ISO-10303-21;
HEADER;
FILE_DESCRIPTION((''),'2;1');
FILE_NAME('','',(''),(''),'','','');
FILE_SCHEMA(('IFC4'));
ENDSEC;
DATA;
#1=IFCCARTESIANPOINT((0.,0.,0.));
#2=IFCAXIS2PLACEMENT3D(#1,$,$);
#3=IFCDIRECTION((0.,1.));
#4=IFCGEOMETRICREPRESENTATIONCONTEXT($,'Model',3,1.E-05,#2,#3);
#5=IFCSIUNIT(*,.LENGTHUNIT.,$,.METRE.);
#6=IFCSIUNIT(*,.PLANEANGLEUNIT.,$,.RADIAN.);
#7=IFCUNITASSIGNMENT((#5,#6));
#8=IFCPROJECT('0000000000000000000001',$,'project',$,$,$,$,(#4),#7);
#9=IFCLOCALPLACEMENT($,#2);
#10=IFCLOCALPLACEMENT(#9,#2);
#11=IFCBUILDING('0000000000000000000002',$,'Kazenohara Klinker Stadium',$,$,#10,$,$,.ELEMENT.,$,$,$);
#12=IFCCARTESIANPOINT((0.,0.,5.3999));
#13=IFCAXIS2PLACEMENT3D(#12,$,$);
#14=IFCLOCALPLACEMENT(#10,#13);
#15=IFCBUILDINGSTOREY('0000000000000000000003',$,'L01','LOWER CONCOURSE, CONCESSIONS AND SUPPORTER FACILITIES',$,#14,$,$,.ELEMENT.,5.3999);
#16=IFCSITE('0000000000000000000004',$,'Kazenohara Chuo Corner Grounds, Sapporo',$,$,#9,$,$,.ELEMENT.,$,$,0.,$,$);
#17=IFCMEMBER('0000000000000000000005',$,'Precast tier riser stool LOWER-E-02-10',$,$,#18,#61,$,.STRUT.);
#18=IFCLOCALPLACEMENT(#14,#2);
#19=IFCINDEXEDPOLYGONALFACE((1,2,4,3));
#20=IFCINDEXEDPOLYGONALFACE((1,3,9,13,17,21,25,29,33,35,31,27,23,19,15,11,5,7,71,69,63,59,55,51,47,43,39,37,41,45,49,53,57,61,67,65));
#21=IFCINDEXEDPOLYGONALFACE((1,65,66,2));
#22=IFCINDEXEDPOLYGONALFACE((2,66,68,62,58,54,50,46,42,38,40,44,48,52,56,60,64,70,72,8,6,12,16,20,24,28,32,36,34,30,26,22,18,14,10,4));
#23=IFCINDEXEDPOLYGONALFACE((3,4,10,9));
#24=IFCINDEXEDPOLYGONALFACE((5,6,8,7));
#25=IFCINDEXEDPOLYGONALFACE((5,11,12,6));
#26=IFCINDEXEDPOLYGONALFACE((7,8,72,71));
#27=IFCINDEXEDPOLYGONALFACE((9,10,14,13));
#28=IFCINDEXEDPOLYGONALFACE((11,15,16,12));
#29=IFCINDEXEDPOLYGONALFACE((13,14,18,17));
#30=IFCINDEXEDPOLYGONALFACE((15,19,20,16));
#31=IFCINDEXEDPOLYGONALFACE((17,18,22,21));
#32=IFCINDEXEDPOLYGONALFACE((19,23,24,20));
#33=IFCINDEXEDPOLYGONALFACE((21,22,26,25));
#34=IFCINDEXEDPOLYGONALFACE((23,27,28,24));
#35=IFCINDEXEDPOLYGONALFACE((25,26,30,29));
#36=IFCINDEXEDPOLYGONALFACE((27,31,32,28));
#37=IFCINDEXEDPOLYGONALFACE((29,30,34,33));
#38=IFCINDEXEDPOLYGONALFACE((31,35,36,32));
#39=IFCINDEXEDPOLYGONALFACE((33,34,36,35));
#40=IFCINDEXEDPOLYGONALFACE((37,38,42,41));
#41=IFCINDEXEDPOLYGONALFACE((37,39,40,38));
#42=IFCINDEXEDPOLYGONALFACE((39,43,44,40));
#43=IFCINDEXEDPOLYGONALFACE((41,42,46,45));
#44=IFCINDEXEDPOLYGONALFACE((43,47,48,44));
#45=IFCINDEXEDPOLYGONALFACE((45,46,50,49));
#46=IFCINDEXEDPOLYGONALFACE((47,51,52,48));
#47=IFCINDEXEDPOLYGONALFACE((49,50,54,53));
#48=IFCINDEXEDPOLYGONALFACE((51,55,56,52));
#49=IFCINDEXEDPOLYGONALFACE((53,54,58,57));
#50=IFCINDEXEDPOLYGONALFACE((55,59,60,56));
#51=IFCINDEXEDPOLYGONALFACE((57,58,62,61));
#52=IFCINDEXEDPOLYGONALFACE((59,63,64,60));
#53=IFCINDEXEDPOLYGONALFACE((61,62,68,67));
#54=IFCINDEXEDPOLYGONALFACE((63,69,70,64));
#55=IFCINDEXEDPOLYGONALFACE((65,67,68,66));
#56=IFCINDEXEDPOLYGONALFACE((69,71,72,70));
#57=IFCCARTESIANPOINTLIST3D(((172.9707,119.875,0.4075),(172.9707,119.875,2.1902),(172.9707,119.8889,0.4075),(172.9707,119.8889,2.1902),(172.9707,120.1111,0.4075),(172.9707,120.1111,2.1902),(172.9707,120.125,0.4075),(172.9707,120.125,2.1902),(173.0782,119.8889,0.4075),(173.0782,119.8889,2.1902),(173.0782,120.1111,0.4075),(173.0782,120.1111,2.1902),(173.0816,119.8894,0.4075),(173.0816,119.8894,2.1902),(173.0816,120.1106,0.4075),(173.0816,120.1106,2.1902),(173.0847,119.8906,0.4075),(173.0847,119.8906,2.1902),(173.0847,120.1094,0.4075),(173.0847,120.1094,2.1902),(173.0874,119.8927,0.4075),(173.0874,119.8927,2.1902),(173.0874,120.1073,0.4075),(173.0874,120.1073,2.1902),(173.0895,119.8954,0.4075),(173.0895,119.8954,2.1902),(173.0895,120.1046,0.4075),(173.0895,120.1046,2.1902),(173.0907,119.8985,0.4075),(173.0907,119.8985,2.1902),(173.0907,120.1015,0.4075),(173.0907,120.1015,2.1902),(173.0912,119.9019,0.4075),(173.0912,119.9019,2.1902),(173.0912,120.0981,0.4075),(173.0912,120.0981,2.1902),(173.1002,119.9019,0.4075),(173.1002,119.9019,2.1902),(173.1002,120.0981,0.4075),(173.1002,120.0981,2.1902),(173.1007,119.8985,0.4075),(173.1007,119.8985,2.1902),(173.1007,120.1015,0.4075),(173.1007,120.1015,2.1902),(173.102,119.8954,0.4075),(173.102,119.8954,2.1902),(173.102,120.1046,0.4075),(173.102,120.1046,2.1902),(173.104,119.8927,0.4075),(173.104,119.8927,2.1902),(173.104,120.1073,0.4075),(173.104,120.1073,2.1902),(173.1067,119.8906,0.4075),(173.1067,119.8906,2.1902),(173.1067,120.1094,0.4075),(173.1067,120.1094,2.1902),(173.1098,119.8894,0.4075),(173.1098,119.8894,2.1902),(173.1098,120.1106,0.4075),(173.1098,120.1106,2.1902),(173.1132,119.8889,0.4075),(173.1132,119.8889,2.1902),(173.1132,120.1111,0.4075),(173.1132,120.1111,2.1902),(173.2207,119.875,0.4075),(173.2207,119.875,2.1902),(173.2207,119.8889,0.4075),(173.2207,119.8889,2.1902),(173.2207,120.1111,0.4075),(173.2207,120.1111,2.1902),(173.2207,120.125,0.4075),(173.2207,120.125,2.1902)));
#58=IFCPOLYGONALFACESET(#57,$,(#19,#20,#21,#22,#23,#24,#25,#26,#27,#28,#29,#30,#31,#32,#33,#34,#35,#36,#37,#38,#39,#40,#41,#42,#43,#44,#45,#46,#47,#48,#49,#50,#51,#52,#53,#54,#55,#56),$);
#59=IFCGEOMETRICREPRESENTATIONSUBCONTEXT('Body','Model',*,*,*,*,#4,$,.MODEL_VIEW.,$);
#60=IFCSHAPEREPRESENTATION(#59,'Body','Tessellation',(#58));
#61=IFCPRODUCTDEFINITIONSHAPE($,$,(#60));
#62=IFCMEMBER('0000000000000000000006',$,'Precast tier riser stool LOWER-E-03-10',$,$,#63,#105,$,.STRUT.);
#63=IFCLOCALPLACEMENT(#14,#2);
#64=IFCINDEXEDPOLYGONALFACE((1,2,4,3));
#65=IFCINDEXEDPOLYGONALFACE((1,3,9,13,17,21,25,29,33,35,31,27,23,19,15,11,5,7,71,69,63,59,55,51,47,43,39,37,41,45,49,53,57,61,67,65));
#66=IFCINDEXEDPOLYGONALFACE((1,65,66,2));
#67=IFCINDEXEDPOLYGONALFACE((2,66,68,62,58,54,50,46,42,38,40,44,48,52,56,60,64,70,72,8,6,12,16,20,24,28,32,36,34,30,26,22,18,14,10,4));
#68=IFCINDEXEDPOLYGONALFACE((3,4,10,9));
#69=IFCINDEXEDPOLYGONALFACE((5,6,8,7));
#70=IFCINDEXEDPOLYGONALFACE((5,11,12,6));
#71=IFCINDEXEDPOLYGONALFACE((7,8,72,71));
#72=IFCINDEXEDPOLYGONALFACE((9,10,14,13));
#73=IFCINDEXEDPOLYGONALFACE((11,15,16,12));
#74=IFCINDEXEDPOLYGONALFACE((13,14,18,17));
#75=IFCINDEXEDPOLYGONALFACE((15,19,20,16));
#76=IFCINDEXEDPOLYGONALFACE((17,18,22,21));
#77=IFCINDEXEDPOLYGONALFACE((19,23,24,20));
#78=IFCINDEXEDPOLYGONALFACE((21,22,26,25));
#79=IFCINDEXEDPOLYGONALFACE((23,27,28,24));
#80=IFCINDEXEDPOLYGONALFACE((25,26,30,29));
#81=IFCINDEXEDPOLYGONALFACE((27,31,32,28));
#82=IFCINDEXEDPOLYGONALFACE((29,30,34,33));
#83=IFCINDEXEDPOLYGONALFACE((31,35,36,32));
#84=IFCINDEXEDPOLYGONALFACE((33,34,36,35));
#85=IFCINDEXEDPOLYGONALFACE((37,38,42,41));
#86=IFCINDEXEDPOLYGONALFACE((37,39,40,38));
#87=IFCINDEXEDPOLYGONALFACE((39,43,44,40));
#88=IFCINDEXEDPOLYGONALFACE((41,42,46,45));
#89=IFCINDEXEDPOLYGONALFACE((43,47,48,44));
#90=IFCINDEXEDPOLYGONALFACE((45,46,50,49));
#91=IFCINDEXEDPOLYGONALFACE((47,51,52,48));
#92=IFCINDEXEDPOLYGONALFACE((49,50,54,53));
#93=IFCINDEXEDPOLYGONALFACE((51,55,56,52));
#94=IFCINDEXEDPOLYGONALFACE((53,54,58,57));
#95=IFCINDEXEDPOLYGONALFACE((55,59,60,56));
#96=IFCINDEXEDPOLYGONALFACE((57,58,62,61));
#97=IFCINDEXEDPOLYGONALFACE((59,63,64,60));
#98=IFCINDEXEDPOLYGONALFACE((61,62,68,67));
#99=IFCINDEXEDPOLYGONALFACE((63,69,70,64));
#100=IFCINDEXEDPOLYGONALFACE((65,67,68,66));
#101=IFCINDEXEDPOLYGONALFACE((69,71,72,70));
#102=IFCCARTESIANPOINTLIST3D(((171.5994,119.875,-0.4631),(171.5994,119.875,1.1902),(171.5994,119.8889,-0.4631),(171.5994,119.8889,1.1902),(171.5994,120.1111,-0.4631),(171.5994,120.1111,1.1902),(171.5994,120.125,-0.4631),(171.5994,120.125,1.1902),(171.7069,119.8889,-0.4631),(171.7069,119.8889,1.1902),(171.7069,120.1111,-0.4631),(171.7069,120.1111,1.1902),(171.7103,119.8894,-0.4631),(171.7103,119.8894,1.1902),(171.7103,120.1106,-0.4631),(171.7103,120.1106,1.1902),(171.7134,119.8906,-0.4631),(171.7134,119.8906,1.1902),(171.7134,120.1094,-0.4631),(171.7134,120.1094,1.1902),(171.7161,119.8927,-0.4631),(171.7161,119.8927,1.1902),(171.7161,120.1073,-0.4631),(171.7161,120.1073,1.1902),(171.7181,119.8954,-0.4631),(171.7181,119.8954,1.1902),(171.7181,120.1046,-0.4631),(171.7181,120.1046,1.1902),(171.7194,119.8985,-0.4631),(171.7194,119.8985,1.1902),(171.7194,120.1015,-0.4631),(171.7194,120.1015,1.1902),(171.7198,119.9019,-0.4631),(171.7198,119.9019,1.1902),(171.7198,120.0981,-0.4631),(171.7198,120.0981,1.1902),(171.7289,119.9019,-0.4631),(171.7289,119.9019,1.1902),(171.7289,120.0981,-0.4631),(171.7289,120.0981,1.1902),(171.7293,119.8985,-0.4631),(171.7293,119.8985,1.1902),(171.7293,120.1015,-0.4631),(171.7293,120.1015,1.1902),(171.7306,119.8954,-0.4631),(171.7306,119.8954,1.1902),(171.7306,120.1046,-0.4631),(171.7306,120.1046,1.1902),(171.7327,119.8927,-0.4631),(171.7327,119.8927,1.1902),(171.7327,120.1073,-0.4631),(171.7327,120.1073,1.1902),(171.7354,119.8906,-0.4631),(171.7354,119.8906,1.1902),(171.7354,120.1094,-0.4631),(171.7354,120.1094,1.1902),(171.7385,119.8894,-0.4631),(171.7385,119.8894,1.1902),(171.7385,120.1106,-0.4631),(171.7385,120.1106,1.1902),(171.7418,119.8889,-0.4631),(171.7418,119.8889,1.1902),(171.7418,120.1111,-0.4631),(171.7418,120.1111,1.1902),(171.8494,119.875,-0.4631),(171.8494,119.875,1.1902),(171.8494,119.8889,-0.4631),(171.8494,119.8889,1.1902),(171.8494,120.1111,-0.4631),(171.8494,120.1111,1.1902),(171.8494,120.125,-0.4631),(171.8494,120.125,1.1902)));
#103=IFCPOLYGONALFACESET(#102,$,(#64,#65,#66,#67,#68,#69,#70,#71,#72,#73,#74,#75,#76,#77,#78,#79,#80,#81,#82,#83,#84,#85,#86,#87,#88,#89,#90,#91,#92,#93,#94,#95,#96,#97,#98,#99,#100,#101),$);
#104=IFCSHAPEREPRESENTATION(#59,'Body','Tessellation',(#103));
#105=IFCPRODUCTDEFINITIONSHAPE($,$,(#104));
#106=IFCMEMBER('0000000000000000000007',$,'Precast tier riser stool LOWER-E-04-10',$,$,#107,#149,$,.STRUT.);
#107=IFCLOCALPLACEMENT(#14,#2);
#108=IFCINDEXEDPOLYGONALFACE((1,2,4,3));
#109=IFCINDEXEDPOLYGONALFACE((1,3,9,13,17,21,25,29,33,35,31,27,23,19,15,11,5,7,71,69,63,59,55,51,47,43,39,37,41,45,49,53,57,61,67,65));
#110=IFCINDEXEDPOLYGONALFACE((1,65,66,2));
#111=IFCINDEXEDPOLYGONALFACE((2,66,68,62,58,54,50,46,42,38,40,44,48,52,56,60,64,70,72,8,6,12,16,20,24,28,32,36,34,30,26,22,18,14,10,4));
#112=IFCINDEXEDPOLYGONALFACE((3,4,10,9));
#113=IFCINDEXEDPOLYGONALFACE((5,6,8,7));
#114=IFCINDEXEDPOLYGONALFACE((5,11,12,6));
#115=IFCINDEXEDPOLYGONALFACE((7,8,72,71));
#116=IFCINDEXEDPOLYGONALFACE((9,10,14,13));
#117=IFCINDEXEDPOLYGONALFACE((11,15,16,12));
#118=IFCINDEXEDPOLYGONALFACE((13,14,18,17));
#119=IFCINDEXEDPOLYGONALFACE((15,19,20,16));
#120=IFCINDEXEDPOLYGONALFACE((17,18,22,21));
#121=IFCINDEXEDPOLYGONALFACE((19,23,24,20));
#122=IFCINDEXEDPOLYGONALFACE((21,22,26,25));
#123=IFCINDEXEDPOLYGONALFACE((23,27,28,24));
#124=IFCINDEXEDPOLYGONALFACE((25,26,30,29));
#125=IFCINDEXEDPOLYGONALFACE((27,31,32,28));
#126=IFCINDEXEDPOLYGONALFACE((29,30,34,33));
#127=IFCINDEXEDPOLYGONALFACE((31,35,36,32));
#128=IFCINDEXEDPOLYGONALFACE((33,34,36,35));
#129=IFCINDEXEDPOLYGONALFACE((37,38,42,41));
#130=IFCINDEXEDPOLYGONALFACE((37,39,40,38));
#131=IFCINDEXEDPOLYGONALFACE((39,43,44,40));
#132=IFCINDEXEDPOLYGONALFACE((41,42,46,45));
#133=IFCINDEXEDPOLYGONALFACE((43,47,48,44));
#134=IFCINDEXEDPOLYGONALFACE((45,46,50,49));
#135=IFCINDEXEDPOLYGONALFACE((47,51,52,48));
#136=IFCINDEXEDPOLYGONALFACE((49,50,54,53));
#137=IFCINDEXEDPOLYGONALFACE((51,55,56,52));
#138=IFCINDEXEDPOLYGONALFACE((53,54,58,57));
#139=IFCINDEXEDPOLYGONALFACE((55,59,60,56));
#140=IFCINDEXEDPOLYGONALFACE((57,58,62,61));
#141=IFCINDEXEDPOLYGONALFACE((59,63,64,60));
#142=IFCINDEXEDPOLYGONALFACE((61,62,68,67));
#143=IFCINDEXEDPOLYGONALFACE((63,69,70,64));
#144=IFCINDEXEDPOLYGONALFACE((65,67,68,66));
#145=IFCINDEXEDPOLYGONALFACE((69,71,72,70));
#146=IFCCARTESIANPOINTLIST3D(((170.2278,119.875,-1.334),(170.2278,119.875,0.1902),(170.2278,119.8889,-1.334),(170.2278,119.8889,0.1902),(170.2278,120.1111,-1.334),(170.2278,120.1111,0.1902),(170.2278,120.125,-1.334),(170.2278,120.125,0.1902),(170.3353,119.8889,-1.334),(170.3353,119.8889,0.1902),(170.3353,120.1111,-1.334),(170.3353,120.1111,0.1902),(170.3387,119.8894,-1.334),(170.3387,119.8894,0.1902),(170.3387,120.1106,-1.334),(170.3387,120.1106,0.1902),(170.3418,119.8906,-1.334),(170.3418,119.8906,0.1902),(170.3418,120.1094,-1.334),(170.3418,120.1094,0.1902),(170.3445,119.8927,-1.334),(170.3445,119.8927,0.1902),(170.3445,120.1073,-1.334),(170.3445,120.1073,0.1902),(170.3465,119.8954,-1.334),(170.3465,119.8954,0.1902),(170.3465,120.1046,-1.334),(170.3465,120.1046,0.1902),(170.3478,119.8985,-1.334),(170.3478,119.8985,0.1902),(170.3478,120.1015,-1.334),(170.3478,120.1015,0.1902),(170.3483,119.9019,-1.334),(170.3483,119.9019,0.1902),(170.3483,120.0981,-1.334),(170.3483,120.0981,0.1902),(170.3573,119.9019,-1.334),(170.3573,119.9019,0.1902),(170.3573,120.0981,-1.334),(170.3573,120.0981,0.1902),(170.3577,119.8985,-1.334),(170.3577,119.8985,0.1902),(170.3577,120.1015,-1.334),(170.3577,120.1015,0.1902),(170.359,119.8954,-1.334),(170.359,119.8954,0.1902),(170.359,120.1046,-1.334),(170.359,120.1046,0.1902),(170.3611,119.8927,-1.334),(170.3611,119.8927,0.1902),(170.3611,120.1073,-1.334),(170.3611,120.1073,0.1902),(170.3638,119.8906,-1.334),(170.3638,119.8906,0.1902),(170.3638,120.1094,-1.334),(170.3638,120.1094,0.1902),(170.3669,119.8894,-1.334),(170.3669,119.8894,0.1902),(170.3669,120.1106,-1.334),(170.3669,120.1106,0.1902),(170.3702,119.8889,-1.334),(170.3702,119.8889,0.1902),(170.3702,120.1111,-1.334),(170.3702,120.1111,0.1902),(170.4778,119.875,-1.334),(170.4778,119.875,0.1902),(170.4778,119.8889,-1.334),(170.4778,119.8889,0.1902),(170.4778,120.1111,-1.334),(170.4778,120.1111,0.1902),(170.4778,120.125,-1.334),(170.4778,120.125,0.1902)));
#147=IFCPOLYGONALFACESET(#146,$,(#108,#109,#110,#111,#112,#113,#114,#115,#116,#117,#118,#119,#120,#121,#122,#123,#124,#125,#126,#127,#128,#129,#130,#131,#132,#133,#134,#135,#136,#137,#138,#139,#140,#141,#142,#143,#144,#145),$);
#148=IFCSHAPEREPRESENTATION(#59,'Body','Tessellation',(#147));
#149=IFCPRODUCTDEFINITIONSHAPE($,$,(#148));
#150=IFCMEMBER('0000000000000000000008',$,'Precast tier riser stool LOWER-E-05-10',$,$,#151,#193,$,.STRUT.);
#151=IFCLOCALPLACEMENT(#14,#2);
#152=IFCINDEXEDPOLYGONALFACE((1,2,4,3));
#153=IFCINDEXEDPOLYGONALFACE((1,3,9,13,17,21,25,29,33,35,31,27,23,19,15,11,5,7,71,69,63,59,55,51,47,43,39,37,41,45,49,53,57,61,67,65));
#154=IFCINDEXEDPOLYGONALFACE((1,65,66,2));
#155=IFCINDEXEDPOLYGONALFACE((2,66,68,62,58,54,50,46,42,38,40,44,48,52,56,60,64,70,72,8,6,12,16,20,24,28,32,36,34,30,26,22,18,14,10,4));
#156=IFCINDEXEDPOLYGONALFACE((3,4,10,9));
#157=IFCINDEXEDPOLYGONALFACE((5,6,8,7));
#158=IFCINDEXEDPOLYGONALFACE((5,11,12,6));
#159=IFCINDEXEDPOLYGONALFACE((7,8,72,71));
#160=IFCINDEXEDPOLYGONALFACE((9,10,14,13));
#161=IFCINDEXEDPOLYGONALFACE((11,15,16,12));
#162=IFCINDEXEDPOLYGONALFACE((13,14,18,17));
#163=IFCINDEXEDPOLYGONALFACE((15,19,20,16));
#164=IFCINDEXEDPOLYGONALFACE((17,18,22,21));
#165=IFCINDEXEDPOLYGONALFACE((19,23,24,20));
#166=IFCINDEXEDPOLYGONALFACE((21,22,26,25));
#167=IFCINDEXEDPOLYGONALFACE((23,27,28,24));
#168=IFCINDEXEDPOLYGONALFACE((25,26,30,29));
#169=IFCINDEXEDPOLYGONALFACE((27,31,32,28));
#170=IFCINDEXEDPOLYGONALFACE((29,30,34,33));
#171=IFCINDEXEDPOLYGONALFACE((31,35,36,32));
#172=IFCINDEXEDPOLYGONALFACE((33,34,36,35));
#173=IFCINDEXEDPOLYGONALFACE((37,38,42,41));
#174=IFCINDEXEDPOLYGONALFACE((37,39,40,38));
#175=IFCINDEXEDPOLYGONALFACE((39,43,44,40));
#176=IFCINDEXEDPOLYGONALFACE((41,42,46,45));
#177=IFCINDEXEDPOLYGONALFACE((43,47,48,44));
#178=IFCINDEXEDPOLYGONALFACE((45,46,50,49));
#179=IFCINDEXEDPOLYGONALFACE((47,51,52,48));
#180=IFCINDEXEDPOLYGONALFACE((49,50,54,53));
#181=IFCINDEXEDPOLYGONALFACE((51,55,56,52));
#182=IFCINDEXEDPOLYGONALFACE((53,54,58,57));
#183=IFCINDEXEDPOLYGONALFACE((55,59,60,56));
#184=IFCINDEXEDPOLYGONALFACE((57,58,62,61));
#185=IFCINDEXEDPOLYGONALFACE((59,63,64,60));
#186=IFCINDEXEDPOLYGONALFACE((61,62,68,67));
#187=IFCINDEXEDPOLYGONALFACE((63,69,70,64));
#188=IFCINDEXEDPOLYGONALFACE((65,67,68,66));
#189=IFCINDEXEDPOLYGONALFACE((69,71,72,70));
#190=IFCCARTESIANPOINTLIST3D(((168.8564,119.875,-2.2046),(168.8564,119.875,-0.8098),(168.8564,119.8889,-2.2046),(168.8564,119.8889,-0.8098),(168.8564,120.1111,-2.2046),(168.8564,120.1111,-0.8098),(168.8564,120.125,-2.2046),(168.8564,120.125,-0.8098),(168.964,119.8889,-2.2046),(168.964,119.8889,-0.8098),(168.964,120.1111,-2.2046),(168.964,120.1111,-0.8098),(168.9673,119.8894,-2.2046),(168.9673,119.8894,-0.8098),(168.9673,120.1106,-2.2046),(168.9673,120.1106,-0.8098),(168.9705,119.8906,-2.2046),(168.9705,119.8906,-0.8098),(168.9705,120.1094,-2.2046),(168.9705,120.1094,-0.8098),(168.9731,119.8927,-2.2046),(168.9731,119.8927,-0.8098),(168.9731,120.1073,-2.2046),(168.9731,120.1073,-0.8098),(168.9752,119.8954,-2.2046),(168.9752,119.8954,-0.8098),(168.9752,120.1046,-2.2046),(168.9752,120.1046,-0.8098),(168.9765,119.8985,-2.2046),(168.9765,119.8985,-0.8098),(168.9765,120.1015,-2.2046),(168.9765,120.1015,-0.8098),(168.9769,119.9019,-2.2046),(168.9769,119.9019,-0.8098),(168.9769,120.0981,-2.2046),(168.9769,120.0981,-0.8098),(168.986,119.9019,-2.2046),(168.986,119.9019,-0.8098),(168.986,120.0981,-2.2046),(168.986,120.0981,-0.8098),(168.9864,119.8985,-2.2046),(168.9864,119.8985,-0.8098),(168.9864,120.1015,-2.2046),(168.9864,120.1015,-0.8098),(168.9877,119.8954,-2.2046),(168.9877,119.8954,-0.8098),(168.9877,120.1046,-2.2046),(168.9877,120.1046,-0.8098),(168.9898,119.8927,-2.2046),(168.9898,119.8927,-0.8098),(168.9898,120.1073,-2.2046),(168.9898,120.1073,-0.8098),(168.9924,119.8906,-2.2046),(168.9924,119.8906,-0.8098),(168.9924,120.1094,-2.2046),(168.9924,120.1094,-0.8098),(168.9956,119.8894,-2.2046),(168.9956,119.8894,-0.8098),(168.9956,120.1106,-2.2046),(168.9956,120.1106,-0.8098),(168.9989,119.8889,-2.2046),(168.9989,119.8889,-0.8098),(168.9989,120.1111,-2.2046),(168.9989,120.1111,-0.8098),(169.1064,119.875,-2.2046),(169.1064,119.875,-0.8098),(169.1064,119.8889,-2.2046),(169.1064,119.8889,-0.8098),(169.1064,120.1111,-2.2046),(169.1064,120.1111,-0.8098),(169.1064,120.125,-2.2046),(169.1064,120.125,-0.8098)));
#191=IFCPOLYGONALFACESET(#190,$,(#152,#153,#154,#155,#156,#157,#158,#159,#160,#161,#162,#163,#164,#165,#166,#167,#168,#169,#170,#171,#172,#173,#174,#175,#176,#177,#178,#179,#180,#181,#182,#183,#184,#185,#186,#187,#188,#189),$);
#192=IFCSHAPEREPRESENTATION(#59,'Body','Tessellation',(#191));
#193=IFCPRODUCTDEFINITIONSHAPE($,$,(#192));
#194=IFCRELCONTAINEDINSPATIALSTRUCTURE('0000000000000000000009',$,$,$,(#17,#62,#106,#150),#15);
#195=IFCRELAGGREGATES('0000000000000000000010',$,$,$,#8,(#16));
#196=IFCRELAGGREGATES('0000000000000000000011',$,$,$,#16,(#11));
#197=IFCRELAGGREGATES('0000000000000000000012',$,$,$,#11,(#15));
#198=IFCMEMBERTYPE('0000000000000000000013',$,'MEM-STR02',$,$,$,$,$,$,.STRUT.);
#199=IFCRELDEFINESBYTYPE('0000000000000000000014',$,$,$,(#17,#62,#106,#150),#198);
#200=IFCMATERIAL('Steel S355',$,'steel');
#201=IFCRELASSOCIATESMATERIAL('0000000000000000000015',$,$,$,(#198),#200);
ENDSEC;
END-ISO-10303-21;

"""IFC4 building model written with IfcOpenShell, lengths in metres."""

from ifc_helpers import new_model, si_unit, direction, frame, origin, origin_2d, place, context, subcontext, project, spatial, i_section, extrude, material, material_profile, profile_set, type_object, element, save


model = new_model("IFC4")

# Units and contexts
model_context = context("Model", 3, precision=1e-05, world=origin(), true_north=direction((0.0, 1.0)))
body_context = subcontext(model_context, "Body", "Model", "MODEL_VIEW")
ifc_project = project(units=[si_unit("LENGTHUNIT", "METRE"), si_unit("PLANEANGLEUNIT", "RADIAN")], contexts=[model_context])

# Site, building, storey
site_placement = place(None, origin())
site = spatial("IfcSite", under=ifc_project, at=site_placement, Name="Kazenohara Chuo Corner Grounds, Sapporo", CompositionType="ELEMENT", RefElevation=0.0)
building_placement = place(site_placement, origin())
building = spatial("IfcBuilding", under=site, at=building_placement, Name="Kazenohara Klinker Stadium", CompositionType="ELEMENT")
storey_placement = place(building_placement, frame((0.0, 0.0, 5.3999)))
storey = spatial("IfcBuildingStorey", under=building, at=storey_placement, Name="L01", Description="LOWER CONCOURSE, CONCESSIONS AND SUPPORTER FACILITIES", CompositionType="ELEMENT", Elevation=5.3999)

# Shared definitions
ifc_material_1 = material(Name="Steel S355", Category="steel")

# Members
ifc_material_profile_1 = material_profile(ifc_material_1, i_section(OverallWidth=0.25, OverallDepth=0.25, WebThickness=0.009, FlangeThickness=0.0139, FilletRadius=0.0129, at=origin_2d()), Name="H-250x250x9x14")
ifc_profile_set_1 = profile_set([ifc_material_profile_1], Name="Steel S355")
member_type_1 = type_object("IfcMemberType", Name="MEM-STR02", PredefinedType="STRUT", material=ifc_profile_set_1)
member_1_placement = place(storey_placement, frame((173.0957, 120.0, 0.4075), z_axis=(0.0, 0.0, 1.0), x_axis=(1.0, 0.0, 0.0)))
element("IfcMember", 1, at=member_1_placement, inside=storey, type_object=member_type_1, Name="Precast tier riser stool LOWER-E-02-10", PredefinedType="STRUT", context=body_context, shape_type="SweptSolid", body=[
    extrude(i_section(OverallWidth=0.25, OverallDepth=0.25, WebThickness=0.009, FlangeThickness=0.0139, FilletRadius=0.0129, at=origin_2d()), origin(), (0.0, 0.0, 1.0), 1.7827),
])
member_2_placement = place(storey_placement, frame((171.7244, 120.0, -0.4631), z_axis=(0.0, 0.0, 1.0), x_axis=(1.0, 0.0, 0.0)))
element("IfcMember", 2, at=member_2_placement, inside=storey, type_object=member_type_1, Name="Precast tier riser stool LOWER-E-03-10", PredefinedType="STRUT", context=body_context, shape_type="SweptSolid", body=[
    extrude(i_section(OverallWidth=0.25, OverallDepth=0.25, WebThickness=0.009, FlangeThickness=0.0139, FilletRadius=0.0129, at=origin_2d()), origin(), (0.0, 0.0, 1.0), 1.6533),
])
member_3_placement = place(storey_placement, frame((170.3528, 120.0, -1.334), z_axis=(0.0, 0.0, 1.0), x_axis=(1.0, 0.0, 0.0)))
element("IfcMember", 3, at=member_3_placement, inside=storey, type_object=member_type_1, Name="Precast tier riser stool LOWER-E-04-10", PredefinedType="STRUT", context=body_context, shape_type="SweptSolid", body=[
    extrude(i_section(OverallWidth=0.25, OverallDepth=0.25, WebThickness=0.009, FlangeThickness=0.0139, FilletRadius=0.0129, at=origin_2d()), origin(), (0.0, 0.0, 1.0), 1.5242),
])
member_4_placement = place(storey_placement, frame((168.9814, 120.0, -2.2046), z_axis=(0.0, 0.0, 1.0), x_axis=(1.0, 0.0, 0.0)))
element("IfcMember", 4, at=member_4_placement, inside=storey, type_object=member_type_1, Name="Precast tier riser stool LOWER-E-05-10", PredefinedType="STRUT", context=body_context, shape_type="SweptSolid", body=[
    extrude(i_section(OverallWidth=0.25, OverallDepth=0.25, WebThickness=0.009, FlangeThickness=0.0139, FilletRadius=0.0129, at=origin_2d()), origin(), (0.0, 0.0, 1.0), 1.3948),
])

save(model, "model.ifc")
